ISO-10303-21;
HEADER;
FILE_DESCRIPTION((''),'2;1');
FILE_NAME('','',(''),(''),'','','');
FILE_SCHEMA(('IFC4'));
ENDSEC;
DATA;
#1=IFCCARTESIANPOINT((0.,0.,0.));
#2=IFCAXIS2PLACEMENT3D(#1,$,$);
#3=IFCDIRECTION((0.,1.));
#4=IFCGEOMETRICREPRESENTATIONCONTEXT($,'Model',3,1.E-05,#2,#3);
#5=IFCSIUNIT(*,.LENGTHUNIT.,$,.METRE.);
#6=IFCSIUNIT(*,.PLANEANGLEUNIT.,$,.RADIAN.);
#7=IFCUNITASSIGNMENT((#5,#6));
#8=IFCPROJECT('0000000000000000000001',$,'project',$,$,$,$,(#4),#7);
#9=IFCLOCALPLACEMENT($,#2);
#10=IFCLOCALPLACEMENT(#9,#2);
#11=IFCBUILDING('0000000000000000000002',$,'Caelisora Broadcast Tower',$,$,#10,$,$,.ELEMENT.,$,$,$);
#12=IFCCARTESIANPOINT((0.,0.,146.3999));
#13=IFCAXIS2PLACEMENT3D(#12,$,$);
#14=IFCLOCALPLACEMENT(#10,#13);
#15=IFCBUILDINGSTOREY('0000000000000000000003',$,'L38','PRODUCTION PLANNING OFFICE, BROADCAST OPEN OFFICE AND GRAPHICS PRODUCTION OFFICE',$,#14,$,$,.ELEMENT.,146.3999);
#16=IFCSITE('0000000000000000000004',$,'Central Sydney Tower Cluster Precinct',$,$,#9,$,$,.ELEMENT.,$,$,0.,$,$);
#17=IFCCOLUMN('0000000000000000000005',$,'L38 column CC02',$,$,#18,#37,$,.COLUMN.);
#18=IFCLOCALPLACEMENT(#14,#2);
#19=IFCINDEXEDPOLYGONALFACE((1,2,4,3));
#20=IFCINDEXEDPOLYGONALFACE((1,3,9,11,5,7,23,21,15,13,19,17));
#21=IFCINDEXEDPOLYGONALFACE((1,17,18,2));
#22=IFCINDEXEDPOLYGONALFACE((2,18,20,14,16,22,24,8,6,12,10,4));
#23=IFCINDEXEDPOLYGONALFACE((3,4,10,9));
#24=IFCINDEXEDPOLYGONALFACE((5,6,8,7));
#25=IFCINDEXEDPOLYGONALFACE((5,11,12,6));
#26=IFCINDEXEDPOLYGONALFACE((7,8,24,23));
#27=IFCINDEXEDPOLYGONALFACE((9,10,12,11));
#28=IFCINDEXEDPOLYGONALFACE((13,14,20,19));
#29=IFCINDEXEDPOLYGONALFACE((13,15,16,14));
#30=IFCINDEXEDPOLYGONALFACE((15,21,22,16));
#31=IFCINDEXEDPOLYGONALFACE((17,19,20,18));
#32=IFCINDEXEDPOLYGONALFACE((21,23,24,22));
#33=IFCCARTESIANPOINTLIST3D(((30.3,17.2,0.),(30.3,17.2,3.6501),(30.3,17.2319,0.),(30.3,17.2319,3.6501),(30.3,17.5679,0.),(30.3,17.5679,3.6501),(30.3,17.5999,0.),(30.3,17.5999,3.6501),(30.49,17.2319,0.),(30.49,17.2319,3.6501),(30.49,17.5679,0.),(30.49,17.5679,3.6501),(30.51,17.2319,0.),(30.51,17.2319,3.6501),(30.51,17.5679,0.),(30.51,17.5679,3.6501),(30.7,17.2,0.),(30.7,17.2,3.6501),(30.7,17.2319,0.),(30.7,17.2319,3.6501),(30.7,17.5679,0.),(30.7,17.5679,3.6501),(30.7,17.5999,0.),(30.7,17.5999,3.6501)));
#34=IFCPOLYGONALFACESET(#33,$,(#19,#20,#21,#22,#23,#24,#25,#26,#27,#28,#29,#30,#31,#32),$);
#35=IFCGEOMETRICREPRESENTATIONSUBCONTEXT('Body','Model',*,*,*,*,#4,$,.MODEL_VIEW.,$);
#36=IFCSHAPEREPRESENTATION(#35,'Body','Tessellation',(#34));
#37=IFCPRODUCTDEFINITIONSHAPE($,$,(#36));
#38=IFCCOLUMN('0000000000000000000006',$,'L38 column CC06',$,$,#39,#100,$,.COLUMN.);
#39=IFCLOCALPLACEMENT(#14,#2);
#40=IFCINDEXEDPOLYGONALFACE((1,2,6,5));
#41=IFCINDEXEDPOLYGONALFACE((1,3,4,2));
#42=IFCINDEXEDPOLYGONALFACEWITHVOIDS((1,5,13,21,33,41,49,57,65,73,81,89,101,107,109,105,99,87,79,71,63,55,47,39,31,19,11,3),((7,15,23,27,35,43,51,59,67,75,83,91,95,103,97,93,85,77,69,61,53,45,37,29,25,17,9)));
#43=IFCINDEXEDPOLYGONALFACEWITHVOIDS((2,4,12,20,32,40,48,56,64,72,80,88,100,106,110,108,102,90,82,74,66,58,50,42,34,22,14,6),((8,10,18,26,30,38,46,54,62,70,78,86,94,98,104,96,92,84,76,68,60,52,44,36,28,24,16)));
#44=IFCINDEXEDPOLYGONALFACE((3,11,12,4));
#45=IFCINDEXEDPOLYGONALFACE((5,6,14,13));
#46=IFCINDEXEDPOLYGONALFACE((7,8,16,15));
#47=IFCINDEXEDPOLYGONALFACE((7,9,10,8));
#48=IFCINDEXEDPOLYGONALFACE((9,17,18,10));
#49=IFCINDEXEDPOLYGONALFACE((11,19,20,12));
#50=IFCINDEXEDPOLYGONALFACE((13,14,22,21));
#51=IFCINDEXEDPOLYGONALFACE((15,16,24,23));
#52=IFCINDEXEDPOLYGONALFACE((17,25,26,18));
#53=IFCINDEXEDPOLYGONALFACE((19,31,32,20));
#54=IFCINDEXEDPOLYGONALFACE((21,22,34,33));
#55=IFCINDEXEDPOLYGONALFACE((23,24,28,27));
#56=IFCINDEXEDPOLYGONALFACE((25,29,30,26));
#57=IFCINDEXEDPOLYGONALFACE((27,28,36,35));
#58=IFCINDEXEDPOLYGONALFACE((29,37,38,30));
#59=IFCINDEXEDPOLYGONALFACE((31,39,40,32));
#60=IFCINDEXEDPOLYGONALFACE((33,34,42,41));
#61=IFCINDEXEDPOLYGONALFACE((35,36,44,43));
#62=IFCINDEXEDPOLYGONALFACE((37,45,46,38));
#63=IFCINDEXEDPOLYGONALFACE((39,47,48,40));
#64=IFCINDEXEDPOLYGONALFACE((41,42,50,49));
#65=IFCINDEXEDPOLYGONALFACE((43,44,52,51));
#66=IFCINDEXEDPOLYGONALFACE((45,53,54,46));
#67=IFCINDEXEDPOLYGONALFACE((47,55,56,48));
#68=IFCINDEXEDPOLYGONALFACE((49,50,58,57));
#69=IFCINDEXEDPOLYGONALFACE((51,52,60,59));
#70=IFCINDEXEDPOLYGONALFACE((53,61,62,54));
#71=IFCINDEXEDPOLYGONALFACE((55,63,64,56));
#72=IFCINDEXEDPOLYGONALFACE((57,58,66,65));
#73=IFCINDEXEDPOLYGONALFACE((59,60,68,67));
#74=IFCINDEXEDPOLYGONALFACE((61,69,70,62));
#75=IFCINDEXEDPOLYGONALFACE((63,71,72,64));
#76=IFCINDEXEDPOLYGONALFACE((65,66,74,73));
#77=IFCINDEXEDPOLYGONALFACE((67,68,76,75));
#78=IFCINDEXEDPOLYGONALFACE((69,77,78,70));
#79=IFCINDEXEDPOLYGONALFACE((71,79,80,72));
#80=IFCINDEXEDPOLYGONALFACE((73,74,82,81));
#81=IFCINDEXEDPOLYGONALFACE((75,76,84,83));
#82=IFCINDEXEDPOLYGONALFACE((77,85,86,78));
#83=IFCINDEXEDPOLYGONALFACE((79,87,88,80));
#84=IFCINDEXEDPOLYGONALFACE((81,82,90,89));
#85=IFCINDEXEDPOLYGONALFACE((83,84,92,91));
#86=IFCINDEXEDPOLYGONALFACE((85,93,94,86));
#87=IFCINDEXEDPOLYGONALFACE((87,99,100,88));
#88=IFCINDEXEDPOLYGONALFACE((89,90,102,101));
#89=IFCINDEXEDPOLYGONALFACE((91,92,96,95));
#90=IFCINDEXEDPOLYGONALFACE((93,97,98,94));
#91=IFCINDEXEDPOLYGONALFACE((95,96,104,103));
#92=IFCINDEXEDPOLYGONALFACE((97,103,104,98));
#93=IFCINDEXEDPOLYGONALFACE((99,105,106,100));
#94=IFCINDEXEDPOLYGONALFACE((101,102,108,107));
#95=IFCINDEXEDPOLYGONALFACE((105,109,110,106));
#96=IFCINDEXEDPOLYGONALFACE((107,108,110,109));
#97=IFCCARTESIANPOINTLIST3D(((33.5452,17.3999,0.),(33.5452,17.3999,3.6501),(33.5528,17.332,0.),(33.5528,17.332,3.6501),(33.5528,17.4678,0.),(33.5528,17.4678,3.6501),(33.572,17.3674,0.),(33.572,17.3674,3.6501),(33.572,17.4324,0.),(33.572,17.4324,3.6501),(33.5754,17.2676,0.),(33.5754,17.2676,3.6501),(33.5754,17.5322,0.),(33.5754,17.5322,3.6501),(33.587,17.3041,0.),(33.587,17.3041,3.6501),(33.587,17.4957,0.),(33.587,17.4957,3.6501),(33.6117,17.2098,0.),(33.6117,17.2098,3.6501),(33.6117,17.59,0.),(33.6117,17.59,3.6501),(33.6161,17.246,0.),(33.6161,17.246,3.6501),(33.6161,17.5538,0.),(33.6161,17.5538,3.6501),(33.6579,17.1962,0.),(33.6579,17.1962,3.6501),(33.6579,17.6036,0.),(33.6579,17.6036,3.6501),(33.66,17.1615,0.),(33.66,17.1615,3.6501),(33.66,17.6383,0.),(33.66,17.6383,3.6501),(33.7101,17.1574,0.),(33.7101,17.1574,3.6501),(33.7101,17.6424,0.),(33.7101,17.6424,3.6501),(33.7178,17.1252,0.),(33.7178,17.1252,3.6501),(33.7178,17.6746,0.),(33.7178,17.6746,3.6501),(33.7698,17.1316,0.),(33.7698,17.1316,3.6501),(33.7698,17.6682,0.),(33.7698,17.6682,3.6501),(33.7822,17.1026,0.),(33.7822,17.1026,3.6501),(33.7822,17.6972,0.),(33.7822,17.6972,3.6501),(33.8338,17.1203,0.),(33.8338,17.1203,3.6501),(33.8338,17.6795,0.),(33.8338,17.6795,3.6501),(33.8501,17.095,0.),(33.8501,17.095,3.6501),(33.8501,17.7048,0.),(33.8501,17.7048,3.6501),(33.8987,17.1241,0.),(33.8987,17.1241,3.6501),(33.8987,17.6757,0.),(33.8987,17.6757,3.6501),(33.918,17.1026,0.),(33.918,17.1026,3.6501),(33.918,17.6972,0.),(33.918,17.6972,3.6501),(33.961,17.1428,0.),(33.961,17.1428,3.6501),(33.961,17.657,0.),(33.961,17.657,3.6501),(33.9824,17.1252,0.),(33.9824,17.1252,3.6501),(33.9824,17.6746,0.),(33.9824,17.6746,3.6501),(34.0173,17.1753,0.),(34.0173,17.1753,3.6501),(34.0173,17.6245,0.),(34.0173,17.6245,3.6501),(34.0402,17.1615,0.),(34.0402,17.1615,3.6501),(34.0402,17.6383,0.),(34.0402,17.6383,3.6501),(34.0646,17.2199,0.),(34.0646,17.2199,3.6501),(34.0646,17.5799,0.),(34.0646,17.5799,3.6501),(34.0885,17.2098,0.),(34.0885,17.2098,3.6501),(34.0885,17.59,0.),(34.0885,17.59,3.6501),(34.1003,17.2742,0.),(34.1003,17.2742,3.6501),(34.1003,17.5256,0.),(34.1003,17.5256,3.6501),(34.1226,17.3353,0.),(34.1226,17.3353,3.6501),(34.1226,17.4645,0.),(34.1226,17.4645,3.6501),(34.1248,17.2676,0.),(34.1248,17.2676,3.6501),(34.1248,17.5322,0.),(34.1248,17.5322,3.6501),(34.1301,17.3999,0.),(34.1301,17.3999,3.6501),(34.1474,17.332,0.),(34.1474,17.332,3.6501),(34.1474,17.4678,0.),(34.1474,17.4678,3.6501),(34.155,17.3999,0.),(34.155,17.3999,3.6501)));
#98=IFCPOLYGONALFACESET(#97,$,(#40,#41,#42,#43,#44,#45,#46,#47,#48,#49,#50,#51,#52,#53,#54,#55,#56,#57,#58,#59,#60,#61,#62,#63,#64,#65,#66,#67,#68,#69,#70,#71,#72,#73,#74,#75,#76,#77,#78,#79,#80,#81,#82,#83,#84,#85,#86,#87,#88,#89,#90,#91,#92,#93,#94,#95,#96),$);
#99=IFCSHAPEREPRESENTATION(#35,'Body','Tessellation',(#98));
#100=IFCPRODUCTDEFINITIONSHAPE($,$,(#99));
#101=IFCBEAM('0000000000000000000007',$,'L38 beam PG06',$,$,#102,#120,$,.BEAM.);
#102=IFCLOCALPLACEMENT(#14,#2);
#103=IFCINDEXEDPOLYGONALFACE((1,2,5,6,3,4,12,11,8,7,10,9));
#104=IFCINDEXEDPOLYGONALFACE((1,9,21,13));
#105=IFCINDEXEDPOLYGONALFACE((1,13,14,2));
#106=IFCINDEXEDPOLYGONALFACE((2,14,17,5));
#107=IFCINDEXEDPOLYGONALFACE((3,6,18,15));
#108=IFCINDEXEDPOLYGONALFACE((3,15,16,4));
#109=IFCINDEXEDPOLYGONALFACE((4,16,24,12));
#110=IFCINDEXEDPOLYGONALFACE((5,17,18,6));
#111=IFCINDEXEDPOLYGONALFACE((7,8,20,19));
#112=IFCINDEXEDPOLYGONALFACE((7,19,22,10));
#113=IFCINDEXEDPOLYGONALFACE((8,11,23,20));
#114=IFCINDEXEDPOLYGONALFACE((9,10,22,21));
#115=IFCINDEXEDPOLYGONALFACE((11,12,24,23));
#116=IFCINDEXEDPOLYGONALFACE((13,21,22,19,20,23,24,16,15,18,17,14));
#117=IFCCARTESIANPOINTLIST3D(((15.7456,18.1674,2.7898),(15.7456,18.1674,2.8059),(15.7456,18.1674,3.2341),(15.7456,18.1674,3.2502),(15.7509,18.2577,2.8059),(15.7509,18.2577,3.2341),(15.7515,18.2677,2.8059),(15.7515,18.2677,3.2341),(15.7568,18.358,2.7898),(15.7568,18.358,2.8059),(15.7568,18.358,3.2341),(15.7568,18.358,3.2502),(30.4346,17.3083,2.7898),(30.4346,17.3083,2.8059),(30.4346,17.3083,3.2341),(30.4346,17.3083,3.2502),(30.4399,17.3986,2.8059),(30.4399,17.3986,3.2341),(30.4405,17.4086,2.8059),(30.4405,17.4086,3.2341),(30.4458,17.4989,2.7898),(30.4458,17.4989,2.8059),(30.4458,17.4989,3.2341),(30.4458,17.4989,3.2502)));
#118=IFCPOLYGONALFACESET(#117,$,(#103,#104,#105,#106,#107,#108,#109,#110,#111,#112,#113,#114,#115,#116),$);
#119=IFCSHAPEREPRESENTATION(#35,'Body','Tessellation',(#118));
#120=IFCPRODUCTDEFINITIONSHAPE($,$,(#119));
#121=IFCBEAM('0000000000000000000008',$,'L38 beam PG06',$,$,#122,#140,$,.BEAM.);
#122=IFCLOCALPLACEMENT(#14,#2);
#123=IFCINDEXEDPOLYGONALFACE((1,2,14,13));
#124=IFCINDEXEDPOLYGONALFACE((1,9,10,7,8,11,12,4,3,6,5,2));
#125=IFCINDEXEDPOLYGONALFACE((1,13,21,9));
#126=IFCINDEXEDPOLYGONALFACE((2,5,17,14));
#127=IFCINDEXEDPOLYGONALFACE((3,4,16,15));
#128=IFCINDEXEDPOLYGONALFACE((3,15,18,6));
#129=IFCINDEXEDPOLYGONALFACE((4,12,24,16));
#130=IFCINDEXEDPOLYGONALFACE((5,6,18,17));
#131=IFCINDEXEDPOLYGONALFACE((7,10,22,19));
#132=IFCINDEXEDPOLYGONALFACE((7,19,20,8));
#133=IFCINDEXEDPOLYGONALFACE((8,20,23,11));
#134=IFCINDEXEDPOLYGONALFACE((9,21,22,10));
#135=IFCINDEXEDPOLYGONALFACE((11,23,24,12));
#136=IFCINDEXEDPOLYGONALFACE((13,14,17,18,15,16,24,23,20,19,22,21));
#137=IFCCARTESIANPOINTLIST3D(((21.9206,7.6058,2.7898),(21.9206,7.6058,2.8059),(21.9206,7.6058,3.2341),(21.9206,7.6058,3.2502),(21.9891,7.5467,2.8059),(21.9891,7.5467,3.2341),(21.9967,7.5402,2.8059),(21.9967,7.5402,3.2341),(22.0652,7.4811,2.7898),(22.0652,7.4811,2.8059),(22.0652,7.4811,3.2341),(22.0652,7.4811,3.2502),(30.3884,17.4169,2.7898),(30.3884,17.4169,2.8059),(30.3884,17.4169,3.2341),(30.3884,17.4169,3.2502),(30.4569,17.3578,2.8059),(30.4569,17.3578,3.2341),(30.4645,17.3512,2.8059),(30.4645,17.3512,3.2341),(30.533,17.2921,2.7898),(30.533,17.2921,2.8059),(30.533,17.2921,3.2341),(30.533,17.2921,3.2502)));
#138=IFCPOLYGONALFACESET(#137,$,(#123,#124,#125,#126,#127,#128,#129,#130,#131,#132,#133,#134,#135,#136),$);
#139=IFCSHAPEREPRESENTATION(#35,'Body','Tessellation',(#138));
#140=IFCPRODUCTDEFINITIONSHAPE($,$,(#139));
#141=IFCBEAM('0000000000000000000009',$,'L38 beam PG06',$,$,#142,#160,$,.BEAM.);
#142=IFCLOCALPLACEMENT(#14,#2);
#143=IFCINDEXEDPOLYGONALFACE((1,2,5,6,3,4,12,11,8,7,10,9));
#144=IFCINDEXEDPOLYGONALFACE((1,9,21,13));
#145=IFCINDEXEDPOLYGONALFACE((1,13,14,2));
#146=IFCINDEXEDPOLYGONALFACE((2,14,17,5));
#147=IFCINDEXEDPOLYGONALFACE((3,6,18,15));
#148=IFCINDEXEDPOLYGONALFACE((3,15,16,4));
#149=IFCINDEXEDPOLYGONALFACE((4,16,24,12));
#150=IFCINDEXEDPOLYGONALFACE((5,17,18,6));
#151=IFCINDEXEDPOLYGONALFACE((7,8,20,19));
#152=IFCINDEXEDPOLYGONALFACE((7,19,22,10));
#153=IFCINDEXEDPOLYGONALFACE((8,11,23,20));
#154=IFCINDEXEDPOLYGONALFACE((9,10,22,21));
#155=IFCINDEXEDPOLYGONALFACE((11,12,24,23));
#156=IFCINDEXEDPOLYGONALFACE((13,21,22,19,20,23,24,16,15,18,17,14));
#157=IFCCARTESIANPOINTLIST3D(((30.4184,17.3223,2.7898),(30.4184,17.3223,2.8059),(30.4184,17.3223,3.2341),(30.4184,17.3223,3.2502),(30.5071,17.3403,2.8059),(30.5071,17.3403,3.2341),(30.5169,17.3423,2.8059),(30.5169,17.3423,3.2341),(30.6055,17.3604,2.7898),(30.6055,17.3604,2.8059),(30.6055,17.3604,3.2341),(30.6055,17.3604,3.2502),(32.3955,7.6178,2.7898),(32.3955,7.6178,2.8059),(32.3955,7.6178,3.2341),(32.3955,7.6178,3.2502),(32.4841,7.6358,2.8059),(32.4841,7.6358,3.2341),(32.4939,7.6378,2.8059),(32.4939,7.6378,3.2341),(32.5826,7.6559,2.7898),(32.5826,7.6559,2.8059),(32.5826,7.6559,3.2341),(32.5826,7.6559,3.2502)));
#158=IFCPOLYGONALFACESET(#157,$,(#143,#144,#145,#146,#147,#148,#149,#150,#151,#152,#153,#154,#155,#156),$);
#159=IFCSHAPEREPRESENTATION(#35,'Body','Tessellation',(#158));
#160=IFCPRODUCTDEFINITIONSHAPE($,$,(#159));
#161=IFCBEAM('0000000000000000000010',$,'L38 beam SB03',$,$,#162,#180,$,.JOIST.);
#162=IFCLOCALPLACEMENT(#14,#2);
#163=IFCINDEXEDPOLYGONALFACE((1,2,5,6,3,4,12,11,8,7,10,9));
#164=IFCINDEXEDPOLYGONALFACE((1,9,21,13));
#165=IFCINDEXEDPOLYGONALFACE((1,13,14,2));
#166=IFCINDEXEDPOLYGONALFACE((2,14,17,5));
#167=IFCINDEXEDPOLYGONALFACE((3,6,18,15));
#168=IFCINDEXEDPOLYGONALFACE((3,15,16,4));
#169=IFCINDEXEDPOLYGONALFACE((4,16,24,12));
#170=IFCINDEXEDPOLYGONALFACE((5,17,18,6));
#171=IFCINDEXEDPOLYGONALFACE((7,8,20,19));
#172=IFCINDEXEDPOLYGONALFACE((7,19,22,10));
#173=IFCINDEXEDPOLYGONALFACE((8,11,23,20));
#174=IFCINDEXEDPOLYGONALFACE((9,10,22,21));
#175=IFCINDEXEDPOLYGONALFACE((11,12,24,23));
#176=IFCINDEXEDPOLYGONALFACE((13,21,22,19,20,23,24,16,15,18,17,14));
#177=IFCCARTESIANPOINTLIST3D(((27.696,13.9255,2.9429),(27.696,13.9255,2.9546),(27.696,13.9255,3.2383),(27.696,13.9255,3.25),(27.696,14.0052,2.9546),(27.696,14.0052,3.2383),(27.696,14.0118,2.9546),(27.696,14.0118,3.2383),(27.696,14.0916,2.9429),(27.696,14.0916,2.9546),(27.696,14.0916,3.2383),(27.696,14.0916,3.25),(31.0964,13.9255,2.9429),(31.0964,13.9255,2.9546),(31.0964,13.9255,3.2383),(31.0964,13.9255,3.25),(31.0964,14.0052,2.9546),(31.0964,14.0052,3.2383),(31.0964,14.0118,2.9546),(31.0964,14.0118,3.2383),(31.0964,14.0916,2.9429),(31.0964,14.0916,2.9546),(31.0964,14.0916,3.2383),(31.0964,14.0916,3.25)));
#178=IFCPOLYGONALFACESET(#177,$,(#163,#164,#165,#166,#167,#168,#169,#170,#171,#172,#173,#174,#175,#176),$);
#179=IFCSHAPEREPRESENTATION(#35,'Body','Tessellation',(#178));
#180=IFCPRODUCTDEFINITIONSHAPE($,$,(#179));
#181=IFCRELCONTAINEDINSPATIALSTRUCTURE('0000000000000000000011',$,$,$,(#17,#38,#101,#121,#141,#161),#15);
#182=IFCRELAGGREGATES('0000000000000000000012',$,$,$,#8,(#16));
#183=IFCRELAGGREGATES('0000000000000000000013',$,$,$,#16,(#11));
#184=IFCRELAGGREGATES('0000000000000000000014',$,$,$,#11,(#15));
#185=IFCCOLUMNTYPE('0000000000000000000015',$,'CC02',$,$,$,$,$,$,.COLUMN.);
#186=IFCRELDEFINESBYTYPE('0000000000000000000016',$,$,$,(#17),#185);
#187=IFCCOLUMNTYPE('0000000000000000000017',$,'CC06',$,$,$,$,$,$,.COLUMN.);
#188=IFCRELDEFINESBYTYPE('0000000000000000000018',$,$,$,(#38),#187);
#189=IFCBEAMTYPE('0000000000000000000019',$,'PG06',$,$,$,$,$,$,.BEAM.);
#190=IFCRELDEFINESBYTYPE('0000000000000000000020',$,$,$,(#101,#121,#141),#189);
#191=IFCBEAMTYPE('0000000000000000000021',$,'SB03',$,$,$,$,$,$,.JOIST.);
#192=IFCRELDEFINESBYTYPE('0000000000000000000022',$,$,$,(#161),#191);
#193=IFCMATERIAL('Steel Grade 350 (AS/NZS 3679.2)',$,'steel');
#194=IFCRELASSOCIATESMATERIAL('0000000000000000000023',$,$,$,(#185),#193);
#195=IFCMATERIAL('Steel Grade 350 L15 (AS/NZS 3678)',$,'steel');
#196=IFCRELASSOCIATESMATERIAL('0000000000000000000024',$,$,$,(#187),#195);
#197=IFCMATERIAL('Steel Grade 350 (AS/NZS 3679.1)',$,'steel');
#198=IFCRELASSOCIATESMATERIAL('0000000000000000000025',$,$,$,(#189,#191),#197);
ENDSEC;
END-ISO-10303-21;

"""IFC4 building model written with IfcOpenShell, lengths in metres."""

from ifc_helpers import new_model, si_unit, direction, frame, origin, origin_2d, place, context, subcontext, project, spatial, hollow_circle, i_section, extrude, source, transform, mapped, material, material_profile, profile_set, type_object, type_shapes, element, save


model = new_model("IFC4")

# Units and contexts
model_context = context("Model", 3, precision=1e-05, world=origin(), true_north=direction((0.0, 1.0)))
body_context = subcontext(model_context, "Body", "Model", "MODEL_VIEW")
ifc_project = project(units=[si_unit("LENGTHUNIT", "METRE"), si_unit("PLANEANGLEUNIT", "RADIAN")], contexts=[model_context])

# Site, building, storey
site_placement = place(None, origin())
site = spatial("IfcSite", under=ifc_project, at=site_placement, Name="Central Sydney Tower Cluster Precinct", CompositionType="ELEMENT", RefElevation=0.0)
building_placement = place(site_placement, origin())
building = spatial("IfcBuilding", under=site, at=building_placement, Name="Caelisora Broadcast Tower", CompositionType="ELEMENT")
storey_placement = place(building_placement, frame((0.0, 0.0, 146.3999)))
storey = spatial("IfcBuildingStorey", under=building, at=storey_placement, Name="L38", Description="PRODUCTION PLANNING OFFICE, BROADCAST OPEN OFFICE AND GRAPHICS PRODUCTION OFFICE", CompositionType="ELEMENT", Elevation=146.3999)

# Columns
ifc_material_1 = material(Name="Steel Grade 350 (AS/NZS 3679.2)", Category="steel")
ifc_material_profile_1 = material_profile(ifc_material_1, i_section(OverallWidth=0.3999, OverallDepth=0.3999, WebThickness=0.02, FlangeThickness=0.032, at=origin_2d()), Name="Steel Grade 350 (AS/NZS 3679.2)")
ifc_profile_set_1 = profile_set([ifc_material_profile_1], Name="Steel Grade 350 (AS/NZS 3679.2)")
column_type_1 = type_object("IfcColumnType", Name="CC02", PredefinedType="COLUMN", material=ifc_profile_set_1)
shared_shape_1 = source(origin(), body_context, "Body", "SweptSolid", [
    extrude(i_section(OverallWidth=0.3999, OverallDepth=0.3999, WebThickness=0.02, FlangeThickness=0.032, at=origin_2d()), origin(), (0.0, 0.0, 1.0), 3.6501),
])
type_shapes(column_type_1, [shared_shape_1])
column_1_placement = place(storey_placement, frame((30.5, 17.3999, 0.0), z_axis=(0.0, 0.0, 1.0), x_axis=(1.0, 0.0, 0.0)))
element("IfcColumn", 1, at=column_1_placement, inside=storey, type_object=column_type_1, Name="L38 column CC02", PredefinedType="COLUMN", context=body_context, shape_type="MappedRepresentation", body=[
    mapped(shared_shape_1, transform((0.0, 0.0, 0.0), scale=1.0)),
])
ifc_material_2 = material(Name="Steel Grade 350 L15 (AS/NZS 3678)", Category="steel")
ifc_material_profile_2 = material_profile(ifc_material_2, hollow_circle(Radius=0.3049, WallThickness=0.0249, at=origin_2d()), Name="Steel Grade 350 L15 (AS/NZS 3678)")
ifc_profile_set_2 = profile_set([ifc_material_profile_2], Name="Steel Grade 350 L15 (AS/NZS 3678)")
column_type_2 = type_object("IfcColumnType", Name="CC06", PredefinedType="COLUMN", material=ifc_profile_set_2)
shared_shape_2 = source(origin(), body_context, "Body", "SweptSolid", [
    extrude(hollow_circle(Radius=0.3049, WallThickness=0.0249, at=origin_2d()), origin(), (0.0, 0.0, 1.0), 3.6501),
])
type_shapes(column_type_2, [shared_shape_2])
column_2_placement = place(storey_placement, frame((33.8501, 17.3999, 0.0), z_axis=(0.0, 0.0, 1.0), x_axis=(1.0, 0.0, 0.0)))
element("IfcColumn", 2, at=column_2_placement, inside=storey, type_object=column_type_2, Name="L38 column CC06", PredefinedType="COLUMN", context=body_context, shape_type="MappedRepresentation", body=[
    mapped(shared_shape_2, transform((0.0, 0.0, 0.0), scale=1.0)),
])

# Beams
ifc_material_3 = material(Name="Steel Grade 350 (AS/NZS 3679.1)", Category="steel")
ifc_material_profile_3 = material_profile(ifc_material_3, i_section(OverallWidth=0.1909, OverallDepth=0.4604, WebThickness=0.01, FlangeThickness=0.0161, at=origin_2d()), Name="Steel Grade 350 (AS/NZS 3679.1)")
ifc_profile_set_3 = profile_set([ifc_material_profile_3], Name="Steel Grade 350 (AS/NZS 3679.1)")
beam_type_1 = type_object("IfcBeamType", Name="PG06", PredefinedType="BEAM", material=ifc_profile_set_3)
shared_shape_3 = source(origin(), body_context, "Body", "SweptSolid", [
    extrude(i_section(OverallWidth=0.1909, OverallDepth=0.4604, WebThickness=0.01, FlangeThickness=0.0161, at=origin_2d()), origin(), (0.0, 0.0, 1.0), 14.7141),
])
beam_1_placement = place(storey_placement, frame((30.4402, 17.4036, 3.02), z_axis=(-0.998294, 0.058388, 0.0), x_axis=(-0.058388, -0.998294, 0.0)))
element("IfcBeam", 3, at=beam_1_placement, inside=storey, type_object=beam_type_1, Name="L38 beam PG06", PredefinedType="BEAM", context=body_context, shape_type="MappedRepresentation", body=[
    mapped(shared_shape_3, transform((0.0, 0.0, 0.0), scale=1.0)),
])
shared_shape_4 = source(origin(), body_context, "Body", "SweptSolid", [
    extrude(i_section(OverallWidth=0.1909, OverallDepth=0.4604, WebThickness=0.01, FlangeThickness=0.0161, at=origin_2d()), origin(), (0.0, 0.0, 1.0), 12.96),
])
beam_2_placement = place(storey_placement, frame((30.4607, 17.3545, 3.02), z_axis=(-0.653381, -0.757029, 0.0), x_axis=(0.757029, -0.653381, 0.0)))
element("IfcBeam", 4, at=beam_2_placement, inside=storey, type_object=beam_type_1, Name="L38 beam PG06", PredefinedType="BEAM", context=body_context, shape_type="MappedRepresentation", body=[
    mapped(shared_shape_4, transform((0.0, 0.0, 0.0), scale=1.0)),
])
shared_shape_5 = source(origin(), body_context, "Body", "SweptSolid", [
    extrude(i_section(OverallWidth=0.1909, OverallDepth=0.4604, WebThickness=0.01, FlangeThickness=0.0161, at=origin_2d()), origin(), (0.0, 0.0, 1.0), 9.9038),
])
type_shapes(beam_type_1, [shared_shape_3, shared_shape_4, shared_shape_5])
beam_3_placement = place(storey_placement, frame((30.512, 17.3413, 3.02), z_axis=(0.199628, -0.979872, 0.0), x_axis=(0.979872, 0.199628, 0.0)))
element("IfcBeam", 5, at=beam_3_placement, inside=storey, type_object=beam_type_1, Name="L38 beam PG06", PredefinedType="BEAM", context=body_context, shape_type="MappedRepresentation", body=[
    mapped(shared_shape_5, transform((0.0, 0.0, 0.0), scale=1.0)),
])
ifc_material_profile_4 = material_profile(ifc_material_3, i_section(OverallWidth=0.166, OverallDepth=0.3071, WebThickness=0.0066, FlangeThickness=0.0117, at=origin_2d()), Name="Steel Grade 350 (AS/NZS 3679.1)")
ifc_profile_set_4 = profile_set([ifc_material_profile_4], Name="Steel Grade 350 (AS/NZS 3679.1)")
beam_type_2 = type_object("IfcBeamType", Name="SB03", PredefinedType="JOIST", material=ifc_profile_set_4)
shared_shape_6 = source(origin(), body_context, "Body", "SweptSolid", [
    extrude(i_section(OverallWidth=0.166, OverallDepth=0.3071, WebThickness=0.0066, FlangeThickness=0.0117, at=origin_2d()), origin(), (0.0, 0.0, 1.0), 3.4004),
])
beam_4_placement = place(storey_placement, frame((27.696, 14.0085, 3.0964), z_axis=(1.0, 0.0, 0.0), x_axis=(0.0, 1.0, 0.0)))
element("IfcBeam", 6, at=beam_4_placement, inside=storey, type_object=beam_type_2, Name="L38 beam SB03", PredefinedType="JOIST", context=body_context, shape_type="MappedRepresentation", body=[
    mapped(shared_shape_6, transform((0.0, 0.0, 0.0), scale=1.0)),
])

save(model, "model.ifc")
